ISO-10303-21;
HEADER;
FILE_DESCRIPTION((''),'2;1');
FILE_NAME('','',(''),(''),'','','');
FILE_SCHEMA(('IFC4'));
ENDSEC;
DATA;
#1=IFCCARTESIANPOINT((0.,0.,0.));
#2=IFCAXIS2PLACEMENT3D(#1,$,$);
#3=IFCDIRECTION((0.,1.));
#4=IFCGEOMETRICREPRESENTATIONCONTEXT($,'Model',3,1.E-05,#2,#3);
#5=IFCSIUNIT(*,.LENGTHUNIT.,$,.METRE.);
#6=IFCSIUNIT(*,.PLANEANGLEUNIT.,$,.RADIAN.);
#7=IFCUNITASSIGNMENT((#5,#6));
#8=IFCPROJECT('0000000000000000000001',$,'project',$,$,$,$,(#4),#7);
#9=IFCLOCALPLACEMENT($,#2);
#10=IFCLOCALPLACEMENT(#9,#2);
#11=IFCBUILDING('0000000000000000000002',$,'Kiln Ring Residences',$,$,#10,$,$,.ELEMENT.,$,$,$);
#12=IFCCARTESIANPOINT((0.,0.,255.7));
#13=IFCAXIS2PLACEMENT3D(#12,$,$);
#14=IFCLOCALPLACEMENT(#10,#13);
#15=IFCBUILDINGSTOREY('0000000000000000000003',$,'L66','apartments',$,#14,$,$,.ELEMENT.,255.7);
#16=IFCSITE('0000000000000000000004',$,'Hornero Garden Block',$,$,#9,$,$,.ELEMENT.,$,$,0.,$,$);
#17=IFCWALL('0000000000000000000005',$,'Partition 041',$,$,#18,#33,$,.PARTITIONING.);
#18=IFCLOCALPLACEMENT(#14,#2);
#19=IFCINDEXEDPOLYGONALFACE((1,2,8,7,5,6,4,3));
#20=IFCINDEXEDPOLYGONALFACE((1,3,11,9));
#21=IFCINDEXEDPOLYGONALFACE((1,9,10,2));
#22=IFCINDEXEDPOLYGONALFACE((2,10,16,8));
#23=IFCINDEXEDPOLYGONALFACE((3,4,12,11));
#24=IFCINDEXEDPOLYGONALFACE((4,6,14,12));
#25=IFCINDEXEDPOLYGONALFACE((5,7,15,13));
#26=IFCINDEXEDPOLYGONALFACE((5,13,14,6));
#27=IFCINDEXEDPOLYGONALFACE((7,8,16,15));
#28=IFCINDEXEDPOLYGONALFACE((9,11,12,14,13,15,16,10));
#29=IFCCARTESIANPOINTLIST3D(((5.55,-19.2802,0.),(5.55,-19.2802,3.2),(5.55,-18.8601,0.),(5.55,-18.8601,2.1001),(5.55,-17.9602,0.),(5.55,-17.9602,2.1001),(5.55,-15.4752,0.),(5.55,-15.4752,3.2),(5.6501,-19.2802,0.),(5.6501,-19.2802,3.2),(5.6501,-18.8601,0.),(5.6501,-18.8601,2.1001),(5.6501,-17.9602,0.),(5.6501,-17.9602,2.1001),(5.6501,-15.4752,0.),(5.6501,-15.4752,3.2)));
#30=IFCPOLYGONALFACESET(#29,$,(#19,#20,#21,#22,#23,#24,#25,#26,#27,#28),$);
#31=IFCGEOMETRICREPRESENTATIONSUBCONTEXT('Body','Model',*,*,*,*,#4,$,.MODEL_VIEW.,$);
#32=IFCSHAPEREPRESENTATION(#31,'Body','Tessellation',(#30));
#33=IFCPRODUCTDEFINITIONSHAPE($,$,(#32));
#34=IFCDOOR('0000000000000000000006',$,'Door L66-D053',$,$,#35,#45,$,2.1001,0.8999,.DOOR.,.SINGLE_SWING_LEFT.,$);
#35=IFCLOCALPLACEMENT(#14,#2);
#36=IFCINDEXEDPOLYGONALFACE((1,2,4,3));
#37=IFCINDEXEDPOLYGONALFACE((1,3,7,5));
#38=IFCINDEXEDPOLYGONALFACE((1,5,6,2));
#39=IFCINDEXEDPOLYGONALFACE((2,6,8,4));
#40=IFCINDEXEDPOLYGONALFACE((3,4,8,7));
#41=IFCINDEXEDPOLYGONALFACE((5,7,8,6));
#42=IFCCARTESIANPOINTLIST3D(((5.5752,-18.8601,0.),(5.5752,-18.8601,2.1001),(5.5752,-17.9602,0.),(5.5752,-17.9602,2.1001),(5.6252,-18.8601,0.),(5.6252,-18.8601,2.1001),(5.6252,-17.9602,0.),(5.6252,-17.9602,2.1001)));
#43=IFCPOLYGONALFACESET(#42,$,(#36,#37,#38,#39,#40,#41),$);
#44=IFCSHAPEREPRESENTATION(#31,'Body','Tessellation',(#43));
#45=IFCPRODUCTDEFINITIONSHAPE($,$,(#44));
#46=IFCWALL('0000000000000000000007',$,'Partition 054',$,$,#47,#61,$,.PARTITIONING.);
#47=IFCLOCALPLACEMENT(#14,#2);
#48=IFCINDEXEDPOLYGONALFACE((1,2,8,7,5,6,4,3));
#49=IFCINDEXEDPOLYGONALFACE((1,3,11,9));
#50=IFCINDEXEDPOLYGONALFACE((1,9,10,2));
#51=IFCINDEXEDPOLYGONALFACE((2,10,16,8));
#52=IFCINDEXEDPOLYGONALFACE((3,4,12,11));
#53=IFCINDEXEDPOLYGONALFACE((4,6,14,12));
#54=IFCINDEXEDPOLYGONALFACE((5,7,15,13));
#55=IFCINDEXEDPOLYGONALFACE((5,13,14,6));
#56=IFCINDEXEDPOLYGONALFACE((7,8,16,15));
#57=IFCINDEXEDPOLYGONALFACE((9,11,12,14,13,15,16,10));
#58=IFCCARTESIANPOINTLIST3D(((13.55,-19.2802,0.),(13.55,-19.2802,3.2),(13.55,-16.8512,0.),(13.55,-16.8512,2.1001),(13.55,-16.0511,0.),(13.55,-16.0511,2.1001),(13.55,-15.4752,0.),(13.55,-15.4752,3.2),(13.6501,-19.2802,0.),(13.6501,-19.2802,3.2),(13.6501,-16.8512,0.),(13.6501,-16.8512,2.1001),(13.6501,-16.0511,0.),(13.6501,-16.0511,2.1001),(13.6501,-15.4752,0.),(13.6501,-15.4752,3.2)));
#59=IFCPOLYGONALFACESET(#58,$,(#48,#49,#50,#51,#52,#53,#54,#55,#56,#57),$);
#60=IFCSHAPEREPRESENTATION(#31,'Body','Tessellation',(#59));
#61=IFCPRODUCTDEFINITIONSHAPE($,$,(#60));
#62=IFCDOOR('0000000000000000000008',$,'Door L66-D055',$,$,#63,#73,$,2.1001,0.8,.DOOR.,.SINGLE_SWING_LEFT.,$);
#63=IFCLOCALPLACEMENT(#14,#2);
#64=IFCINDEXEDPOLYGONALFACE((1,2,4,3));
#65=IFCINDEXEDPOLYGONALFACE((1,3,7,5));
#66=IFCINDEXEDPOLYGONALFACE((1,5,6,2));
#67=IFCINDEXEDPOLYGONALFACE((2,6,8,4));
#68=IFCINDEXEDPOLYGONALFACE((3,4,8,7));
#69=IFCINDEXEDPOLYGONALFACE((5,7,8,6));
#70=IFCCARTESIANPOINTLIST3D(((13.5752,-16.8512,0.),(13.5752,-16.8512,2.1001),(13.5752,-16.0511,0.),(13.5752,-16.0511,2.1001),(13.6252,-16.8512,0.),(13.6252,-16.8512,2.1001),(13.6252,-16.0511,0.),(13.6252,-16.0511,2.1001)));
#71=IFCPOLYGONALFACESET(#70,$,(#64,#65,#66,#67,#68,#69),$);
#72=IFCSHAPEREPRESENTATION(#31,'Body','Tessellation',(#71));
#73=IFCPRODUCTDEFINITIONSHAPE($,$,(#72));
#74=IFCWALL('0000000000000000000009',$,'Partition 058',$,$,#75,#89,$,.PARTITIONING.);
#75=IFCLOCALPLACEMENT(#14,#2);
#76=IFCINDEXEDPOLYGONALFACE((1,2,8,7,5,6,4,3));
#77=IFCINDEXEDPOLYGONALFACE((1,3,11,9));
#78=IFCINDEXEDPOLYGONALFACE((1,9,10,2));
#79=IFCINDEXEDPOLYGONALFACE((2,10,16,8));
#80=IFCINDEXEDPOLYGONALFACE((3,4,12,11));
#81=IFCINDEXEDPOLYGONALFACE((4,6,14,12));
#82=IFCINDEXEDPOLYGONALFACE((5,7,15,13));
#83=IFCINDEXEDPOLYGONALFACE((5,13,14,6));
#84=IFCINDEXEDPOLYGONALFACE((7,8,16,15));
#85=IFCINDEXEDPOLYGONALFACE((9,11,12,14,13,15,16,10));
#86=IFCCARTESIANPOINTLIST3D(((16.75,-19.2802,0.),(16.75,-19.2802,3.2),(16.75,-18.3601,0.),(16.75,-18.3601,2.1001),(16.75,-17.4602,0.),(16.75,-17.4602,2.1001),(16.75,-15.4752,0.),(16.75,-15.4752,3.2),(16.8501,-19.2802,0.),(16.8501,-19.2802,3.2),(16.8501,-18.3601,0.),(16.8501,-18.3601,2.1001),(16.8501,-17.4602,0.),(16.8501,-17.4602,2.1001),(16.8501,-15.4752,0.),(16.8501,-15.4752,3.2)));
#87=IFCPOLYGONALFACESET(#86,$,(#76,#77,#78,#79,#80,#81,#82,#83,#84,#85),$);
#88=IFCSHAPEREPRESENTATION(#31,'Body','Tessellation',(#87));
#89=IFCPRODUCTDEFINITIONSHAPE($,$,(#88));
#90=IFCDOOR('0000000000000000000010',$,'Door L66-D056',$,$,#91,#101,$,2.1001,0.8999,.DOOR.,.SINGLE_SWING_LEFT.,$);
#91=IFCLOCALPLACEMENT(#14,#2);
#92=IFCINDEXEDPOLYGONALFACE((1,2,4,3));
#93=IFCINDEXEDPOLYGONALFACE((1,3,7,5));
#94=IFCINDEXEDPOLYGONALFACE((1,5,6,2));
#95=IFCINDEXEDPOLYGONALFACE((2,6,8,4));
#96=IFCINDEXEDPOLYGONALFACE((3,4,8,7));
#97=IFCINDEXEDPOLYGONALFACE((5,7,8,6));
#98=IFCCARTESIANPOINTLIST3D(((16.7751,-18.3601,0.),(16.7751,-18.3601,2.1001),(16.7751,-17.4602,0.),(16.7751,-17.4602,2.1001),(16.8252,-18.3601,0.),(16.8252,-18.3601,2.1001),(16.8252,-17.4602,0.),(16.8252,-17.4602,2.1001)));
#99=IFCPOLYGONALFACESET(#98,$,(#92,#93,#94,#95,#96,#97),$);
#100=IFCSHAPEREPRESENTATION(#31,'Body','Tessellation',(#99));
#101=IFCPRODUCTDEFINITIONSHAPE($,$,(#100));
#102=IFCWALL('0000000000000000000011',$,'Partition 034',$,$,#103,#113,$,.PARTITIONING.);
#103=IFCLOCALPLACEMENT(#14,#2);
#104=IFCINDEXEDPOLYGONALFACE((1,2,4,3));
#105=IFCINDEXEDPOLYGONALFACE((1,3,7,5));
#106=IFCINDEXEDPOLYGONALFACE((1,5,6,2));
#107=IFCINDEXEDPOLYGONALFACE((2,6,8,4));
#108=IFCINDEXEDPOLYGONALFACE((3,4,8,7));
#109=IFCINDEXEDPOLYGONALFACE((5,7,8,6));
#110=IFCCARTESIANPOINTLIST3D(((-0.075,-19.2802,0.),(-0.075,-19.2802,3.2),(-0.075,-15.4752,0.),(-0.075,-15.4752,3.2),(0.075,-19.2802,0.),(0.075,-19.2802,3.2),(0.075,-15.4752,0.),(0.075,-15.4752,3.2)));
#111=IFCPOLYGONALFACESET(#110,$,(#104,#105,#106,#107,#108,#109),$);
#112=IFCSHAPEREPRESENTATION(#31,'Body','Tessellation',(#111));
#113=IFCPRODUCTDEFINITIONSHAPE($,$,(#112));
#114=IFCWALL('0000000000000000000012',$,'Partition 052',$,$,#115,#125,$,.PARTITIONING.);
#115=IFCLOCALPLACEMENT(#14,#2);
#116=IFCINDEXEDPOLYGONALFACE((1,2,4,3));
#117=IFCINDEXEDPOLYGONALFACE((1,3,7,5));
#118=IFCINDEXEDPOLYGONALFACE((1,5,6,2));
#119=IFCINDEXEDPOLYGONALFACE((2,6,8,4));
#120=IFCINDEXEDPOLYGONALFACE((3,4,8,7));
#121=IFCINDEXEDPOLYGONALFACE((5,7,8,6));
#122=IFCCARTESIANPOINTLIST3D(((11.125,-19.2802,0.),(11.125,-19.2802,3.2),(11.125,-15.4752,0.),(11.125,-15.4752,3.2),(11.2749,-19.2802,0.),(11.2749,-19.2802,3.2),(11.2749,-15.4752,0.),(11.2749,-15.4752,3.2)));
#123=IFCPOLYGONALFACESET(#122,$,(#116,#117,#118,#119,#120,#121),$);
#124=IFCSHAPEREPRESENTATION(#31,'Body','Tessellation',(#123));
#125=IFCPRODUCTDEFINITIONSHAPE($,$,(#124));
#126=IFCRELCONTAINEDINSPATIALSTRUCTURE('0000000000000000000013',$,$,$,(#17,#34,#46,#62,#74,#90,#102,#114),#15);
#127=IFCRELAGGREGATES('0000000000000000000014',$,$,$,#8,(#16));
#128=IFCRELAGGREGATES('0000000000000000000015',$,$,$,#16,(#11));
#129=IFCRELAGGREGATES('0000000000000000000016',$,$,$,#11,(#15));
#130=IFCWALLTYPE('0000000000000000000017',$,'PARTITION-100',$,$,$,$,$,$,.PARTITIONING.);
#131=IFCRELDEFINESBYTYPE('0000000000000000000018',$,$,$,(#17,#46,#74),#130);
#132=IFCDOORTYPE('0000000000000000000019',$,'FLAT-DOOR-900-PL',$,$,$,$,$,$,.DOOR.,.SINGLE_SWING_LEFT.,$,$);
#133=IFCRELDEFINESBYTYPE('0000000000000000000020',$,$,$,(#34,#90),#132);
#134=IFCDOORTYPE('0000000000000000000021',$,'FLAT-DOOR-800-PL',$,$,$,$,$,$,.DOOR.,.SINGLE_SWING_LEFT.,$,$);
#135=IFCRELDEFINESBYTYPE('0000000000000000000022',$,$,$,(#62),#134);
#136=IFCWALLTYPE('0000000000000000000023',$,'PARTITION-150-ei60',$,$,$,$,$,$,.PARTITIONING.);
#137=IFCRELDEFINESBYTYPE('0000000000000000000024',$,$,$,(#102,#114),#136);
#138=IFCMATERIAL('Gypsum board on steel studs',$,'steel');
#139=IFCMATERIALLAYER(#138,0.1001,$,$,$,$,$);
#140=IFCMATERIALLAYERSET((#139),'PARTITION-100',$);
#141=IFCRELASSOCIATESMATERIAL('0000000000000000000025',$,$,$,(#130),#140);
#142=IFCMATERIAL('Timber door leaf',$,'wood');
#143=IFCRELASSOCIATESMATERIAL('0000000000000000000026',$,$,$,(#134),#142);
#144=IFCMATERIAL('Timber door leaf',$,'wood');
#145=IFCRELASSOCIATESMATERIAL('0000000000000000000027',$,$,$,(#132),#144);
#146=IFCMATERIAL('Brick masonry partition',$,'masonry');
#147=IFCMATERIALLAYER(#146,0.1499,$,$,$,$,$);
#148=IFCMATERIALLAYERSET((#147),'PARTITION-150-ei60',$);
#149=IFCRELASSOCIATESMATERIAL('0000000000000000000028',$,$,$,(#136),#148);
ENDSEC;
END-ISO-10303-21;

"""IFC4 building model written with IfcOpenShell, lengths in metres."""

from ifc_helpers import new_model, si_unit, direction, frame, frame_2d, origin, place, context, subcontext, project, spatial, rectangle, extrude, material, layer, layer_set, type_object, element, fill, save


model = new_model("IFC4")

# Units and contexts
model_context = context("Model", 3, precision=1e-05, world=origin(), true_north=direction((0.0, 1.0)))
body_context = subcontext(model_context, "Body", "Model", "MODEL_VIEW")
ifc_project = project(units=[si_unit("LENGTHUNIT", "METRE"), si_unit("PLANEANGLEUNIT", "RADIAN")], contexts=[model_context])

# Site, building, storey
site_placement = place(None, origin())
site = spatial("IfcSite", under=ifc_project, at=site_placement, Name="Hornero Garden Block", CompositionType="ELEMENT", RefElevation=0.0)
building_placement = place(site_placement, origin())
building = spatial("IfcBuilding", under=site, at=building_placement, Name="Kiln Ring Residences", CompositionType="ELEMENT")
storey_placement = place(building_placement, frame((0.0, 0.0, 255.7)))
storey = spatial("IfcBuildingStorey", under=building, at=storey_placement, Name="L66", Description="apartments", CompositionType="ELEMENT", Elevation=255.7)

# Walls, openings, doors
ifc_material_1 = material(Name="Gypsum board on steel studs", Category="steel")
ifc_layer_1 = layer(ifc_material_1, 0.1001)
ifc_layer_set_1 = layer_set([ifc_layer_1], Name="PARTITION-100")
wall_type_1 = type_object("IfcWallType", Name="PARTITION-100", PredefinedType="PARTITIONING", material=ifc_layer_set_1)
ifc_material_2 = material(Name="Timber door leaf", Category="wood")
door_type_1 = type_object("IfcDoorType", Name="FLAT-DOOR-800-PL", OperationType="SINGLE_SWING_LEFT", PredefinedType="DOOR", material=ifc_material_2)
wall_1_placement = place(storey_placement, frame((5.6001, -19.28, 0.0), z_axis=(0.0, 0.0, 1.0), x_axis=(0.0, 1.0, 0.0)))
wall_1 = element("IfcWall", 1, at=wall_1_placement, inside=storey, type_object=wall_type_1, Name="Partition 041", PredefinedType="PARTITIONING", context=body_context, shape_type="SweptSolid", body=[
    extrude(rectangle(XDim=3.8049, YDim=0.1001, at=frame_2d((1.9023, 0.0))), origin(), (0.0, 0.0, 1.0), 3.2),
])
opening_1_placement = place(wall_1_placement, frame((0.4199, 0.0, 0.0)))
opening_1 = element("IfcOpeningElement", 2, at=opening_1_placement, cuts=wall_1, PredefinedType="OPENING", context=body_context, shape_type="SweptSolid", body=[
    extrude(rectangle(XDim=0.8999, YDim=2.1001, at=frame_2d((0.45, 1.05))), frame((0.0, 0.0601, 0.0), z_axis=(0.0, -1.0, 0.0), x_axis=(1.0, 0.0, 0.0)), (0.0, 0.0, 1.0), 0.1201),
])
ifc_material_3 = material(Name="Timber door leaf", Category="wood")
door_type_2 = type_object("IfcDoorType", Name="FLAT-DOOR-900-PL", OperationType="SINGLE_SWING_LEFT", PredefinedType="DOOR", material=ifc_material_3)
door_1_placement = place(opening_1_placement, origin())
door_1 = element("IfcDoor", 3, at=door_1_placement, inside=storey, type_object=door_type_2, Name="Door L66-D053", OperationType="SINGLE_SWING_LEFT", OverallHeight=2.1001, OverallWidth=0.8999, PredefinedType="DOOR", context=body_context, shape_type="SweptSolid", body=[
    extrude(rectangle(XDim=0.8999, YDim=2.1001, at=frame_2d((0.45, 1.05))), frame((0.0, 0.0249, 0.0), z_axis=(0.0, -1.0, 0.0), x_axis=(1.0, 0.0, 0.0)), (0.0, 0.0, 1.0), 0.05),
])
fill(opening_1, door_1)
wall_2_placement = place(storey_placement, frame((13.6001, -19.28, 0.0), z_axis=(0.0, 0.0, 1.0), x_axis=(0.0, 1.0, 0.0)))
wall_2 = element("IfcWall", 4, at=wall_2_placement, inside=storey, type_object=wall_type_1, Name="Partition 054", PredefinedType="PARTITIONING", context=body_context, shape_type="SweptSolid", body=[
    extrude(rectangle(XDim=3.8049, YDim=0.1001, at=frame_2d((1.9023, 0.0))), origin(), (0.0, 0.0, 1.0), 3.2),
])
opening_2_placement = place(wall_2_placement, frame((2.429, 0.0, 0.0)))
opening_2 = element("IfcOpeningElement", 5, at=opening_2_placement, cuts=wall_2, PredefinedType="OPENING", context=body_context, shape_type="SweptSolid", body=[
    extrude(rectangle(XDim=0.8, YDim=2.1001, at=frame_2d((0.3999, 1.05))), frame((0.0, 0.0601, 0.0), z_axis=(0.0, -1.0, 0.0), x_axis=(1.0, 0.0, 0.0)), (0.0, 0.0, 1.0), 0.1201),
])
door_2_placement = place(opening_2_placement, origin())
door_2 = element("IfcDoor", 6, at=door_2_placement, inside=storey, type_object=door_type_1, Name="Door L66-D055", OperationType="SINGLE_SWING_LEFT", OverallHeight=2.1001, OverallWidth=0.8, PredefinedType="DOOR", context=body_context, shape_type="SweptSolid", body=[
    extrude(rectangle(XDim=0.8, YDim=2.1001, at=frame_2d((0.3999, 1.05))), frame((0.0, 0.0249, 0.0), z_axis=(0.0, -1.0, 0.0), x_axis=(1.0, 0.0, 0.0)), (0.0, 0.0, 1.0), 0.05),
])
fill(opening_2, door_2)
wall_3_placement = place(storey_placement, frame((16.8, -19.28, 0.0), z_axis=(0.0, 0.0, 1.0), x_axis=(0.0, 1.0, 0.0)))
wall_3 = element("IfcWall", 7, at=wall_3_placement, inside=storey, type_object=wall_type_1, Name="Partition 058", PredefinedType="PARTITIONING", context=body_context, shape_type="SweptSolid", body=[
    extrude(rectangle(XDim=3.8049, YDim=0.1001, at=frame_2d((1.9023, 0.0))), origin(), (0.0, 0.0, 1.0), 3.2),
])
opening_3_placement = place(wall_3_placement, frame((0.9199, 0.0, 0.0)))
opening_3 = element("IfcOpeningElement", 8, at=opening_3_placement, cuts=wall_3, PredefinedType="OPENING", context=body_context, shape_type="SweptSolid", body=[
    extrude(rectangle(XDim=0.8999, YDim=2.1001, at=frame_2d((0.45, 1.05))), frame((0.0, 0.0601, 0.0), z_axis=(0.0, -1.0, 0.0), x_axis=(1.0, 0.0, 0.0)), (0.0, 0.0, 1.0), 0.1201),
])
door_3_placement = place(opening_3_placement, origin())
door_3 = element("IfcDoor", 9, at=door_3_placement, inside=storey, type_object=door_type_2, Name="Door L66-D056", OperationType="SINGLE_SWING_LEFT", OverallHeight=2.1001, OverallWidth=0.8999, PredefinedType="DOOR", context=body_context, shape_type="SweptSolid", body=[
    extrude(rectangle(XDim=0.8999, YDim=2.1001, at=frame_2d((0.45, 1.05))), frame((0.0, 0.0249, 0.0), z_axis=(0.0, -1.0, 0.0), x_axis=(1.0, 0.0, 0.0)), (0.0, 0.0, 1.0), 0.05),
])
fill(opening_3, door_3)

# Walls
ifc_material_4 = material(Name="Brick masonry partition", Category="masonry")
ifc_layer_2 = layer(ifc_material_4, 0.1499)
ifc_layer_set_2 = layer_set([ifc_layer_2], Name="PARTITION-150-ei60")
wall_type_2 = type_object("IfcWallType", Name="PARTITION-150-ei60", PredefinedType="PARTITIONING", material=ifc_layer_set_2)
for number, where, z_axis, x_axis, name in (
    (10, (0.0, -19.28, 0.0), (0.0, 0.0, 1.0), (0.0, 1.0, 0.0), "Partition 034"),
    (11, (11.2, -19.28, 0.0), (0.0, 0.0, 1.0), (0.0, 1.0, 0.0), "Partition 052"),
):
    element("IfcWall", number, at=place(storey_placement, frame(where, z_axis=z_axis, x_axis=x_axis)), inside=storey, type_object=wall_type_2, Name=name, PredefinedType="PARTITIONING", context=body_context, shape_type="SweptSolid", body=[
        extrude(rectangle(XDim=3.8049, YDim=0.1499, at=frame_2d((1.9023, 0.0))), origin(), (0.0, 0.0, 1.0), 3.2),
    ])

save(model, "model.ifc")
